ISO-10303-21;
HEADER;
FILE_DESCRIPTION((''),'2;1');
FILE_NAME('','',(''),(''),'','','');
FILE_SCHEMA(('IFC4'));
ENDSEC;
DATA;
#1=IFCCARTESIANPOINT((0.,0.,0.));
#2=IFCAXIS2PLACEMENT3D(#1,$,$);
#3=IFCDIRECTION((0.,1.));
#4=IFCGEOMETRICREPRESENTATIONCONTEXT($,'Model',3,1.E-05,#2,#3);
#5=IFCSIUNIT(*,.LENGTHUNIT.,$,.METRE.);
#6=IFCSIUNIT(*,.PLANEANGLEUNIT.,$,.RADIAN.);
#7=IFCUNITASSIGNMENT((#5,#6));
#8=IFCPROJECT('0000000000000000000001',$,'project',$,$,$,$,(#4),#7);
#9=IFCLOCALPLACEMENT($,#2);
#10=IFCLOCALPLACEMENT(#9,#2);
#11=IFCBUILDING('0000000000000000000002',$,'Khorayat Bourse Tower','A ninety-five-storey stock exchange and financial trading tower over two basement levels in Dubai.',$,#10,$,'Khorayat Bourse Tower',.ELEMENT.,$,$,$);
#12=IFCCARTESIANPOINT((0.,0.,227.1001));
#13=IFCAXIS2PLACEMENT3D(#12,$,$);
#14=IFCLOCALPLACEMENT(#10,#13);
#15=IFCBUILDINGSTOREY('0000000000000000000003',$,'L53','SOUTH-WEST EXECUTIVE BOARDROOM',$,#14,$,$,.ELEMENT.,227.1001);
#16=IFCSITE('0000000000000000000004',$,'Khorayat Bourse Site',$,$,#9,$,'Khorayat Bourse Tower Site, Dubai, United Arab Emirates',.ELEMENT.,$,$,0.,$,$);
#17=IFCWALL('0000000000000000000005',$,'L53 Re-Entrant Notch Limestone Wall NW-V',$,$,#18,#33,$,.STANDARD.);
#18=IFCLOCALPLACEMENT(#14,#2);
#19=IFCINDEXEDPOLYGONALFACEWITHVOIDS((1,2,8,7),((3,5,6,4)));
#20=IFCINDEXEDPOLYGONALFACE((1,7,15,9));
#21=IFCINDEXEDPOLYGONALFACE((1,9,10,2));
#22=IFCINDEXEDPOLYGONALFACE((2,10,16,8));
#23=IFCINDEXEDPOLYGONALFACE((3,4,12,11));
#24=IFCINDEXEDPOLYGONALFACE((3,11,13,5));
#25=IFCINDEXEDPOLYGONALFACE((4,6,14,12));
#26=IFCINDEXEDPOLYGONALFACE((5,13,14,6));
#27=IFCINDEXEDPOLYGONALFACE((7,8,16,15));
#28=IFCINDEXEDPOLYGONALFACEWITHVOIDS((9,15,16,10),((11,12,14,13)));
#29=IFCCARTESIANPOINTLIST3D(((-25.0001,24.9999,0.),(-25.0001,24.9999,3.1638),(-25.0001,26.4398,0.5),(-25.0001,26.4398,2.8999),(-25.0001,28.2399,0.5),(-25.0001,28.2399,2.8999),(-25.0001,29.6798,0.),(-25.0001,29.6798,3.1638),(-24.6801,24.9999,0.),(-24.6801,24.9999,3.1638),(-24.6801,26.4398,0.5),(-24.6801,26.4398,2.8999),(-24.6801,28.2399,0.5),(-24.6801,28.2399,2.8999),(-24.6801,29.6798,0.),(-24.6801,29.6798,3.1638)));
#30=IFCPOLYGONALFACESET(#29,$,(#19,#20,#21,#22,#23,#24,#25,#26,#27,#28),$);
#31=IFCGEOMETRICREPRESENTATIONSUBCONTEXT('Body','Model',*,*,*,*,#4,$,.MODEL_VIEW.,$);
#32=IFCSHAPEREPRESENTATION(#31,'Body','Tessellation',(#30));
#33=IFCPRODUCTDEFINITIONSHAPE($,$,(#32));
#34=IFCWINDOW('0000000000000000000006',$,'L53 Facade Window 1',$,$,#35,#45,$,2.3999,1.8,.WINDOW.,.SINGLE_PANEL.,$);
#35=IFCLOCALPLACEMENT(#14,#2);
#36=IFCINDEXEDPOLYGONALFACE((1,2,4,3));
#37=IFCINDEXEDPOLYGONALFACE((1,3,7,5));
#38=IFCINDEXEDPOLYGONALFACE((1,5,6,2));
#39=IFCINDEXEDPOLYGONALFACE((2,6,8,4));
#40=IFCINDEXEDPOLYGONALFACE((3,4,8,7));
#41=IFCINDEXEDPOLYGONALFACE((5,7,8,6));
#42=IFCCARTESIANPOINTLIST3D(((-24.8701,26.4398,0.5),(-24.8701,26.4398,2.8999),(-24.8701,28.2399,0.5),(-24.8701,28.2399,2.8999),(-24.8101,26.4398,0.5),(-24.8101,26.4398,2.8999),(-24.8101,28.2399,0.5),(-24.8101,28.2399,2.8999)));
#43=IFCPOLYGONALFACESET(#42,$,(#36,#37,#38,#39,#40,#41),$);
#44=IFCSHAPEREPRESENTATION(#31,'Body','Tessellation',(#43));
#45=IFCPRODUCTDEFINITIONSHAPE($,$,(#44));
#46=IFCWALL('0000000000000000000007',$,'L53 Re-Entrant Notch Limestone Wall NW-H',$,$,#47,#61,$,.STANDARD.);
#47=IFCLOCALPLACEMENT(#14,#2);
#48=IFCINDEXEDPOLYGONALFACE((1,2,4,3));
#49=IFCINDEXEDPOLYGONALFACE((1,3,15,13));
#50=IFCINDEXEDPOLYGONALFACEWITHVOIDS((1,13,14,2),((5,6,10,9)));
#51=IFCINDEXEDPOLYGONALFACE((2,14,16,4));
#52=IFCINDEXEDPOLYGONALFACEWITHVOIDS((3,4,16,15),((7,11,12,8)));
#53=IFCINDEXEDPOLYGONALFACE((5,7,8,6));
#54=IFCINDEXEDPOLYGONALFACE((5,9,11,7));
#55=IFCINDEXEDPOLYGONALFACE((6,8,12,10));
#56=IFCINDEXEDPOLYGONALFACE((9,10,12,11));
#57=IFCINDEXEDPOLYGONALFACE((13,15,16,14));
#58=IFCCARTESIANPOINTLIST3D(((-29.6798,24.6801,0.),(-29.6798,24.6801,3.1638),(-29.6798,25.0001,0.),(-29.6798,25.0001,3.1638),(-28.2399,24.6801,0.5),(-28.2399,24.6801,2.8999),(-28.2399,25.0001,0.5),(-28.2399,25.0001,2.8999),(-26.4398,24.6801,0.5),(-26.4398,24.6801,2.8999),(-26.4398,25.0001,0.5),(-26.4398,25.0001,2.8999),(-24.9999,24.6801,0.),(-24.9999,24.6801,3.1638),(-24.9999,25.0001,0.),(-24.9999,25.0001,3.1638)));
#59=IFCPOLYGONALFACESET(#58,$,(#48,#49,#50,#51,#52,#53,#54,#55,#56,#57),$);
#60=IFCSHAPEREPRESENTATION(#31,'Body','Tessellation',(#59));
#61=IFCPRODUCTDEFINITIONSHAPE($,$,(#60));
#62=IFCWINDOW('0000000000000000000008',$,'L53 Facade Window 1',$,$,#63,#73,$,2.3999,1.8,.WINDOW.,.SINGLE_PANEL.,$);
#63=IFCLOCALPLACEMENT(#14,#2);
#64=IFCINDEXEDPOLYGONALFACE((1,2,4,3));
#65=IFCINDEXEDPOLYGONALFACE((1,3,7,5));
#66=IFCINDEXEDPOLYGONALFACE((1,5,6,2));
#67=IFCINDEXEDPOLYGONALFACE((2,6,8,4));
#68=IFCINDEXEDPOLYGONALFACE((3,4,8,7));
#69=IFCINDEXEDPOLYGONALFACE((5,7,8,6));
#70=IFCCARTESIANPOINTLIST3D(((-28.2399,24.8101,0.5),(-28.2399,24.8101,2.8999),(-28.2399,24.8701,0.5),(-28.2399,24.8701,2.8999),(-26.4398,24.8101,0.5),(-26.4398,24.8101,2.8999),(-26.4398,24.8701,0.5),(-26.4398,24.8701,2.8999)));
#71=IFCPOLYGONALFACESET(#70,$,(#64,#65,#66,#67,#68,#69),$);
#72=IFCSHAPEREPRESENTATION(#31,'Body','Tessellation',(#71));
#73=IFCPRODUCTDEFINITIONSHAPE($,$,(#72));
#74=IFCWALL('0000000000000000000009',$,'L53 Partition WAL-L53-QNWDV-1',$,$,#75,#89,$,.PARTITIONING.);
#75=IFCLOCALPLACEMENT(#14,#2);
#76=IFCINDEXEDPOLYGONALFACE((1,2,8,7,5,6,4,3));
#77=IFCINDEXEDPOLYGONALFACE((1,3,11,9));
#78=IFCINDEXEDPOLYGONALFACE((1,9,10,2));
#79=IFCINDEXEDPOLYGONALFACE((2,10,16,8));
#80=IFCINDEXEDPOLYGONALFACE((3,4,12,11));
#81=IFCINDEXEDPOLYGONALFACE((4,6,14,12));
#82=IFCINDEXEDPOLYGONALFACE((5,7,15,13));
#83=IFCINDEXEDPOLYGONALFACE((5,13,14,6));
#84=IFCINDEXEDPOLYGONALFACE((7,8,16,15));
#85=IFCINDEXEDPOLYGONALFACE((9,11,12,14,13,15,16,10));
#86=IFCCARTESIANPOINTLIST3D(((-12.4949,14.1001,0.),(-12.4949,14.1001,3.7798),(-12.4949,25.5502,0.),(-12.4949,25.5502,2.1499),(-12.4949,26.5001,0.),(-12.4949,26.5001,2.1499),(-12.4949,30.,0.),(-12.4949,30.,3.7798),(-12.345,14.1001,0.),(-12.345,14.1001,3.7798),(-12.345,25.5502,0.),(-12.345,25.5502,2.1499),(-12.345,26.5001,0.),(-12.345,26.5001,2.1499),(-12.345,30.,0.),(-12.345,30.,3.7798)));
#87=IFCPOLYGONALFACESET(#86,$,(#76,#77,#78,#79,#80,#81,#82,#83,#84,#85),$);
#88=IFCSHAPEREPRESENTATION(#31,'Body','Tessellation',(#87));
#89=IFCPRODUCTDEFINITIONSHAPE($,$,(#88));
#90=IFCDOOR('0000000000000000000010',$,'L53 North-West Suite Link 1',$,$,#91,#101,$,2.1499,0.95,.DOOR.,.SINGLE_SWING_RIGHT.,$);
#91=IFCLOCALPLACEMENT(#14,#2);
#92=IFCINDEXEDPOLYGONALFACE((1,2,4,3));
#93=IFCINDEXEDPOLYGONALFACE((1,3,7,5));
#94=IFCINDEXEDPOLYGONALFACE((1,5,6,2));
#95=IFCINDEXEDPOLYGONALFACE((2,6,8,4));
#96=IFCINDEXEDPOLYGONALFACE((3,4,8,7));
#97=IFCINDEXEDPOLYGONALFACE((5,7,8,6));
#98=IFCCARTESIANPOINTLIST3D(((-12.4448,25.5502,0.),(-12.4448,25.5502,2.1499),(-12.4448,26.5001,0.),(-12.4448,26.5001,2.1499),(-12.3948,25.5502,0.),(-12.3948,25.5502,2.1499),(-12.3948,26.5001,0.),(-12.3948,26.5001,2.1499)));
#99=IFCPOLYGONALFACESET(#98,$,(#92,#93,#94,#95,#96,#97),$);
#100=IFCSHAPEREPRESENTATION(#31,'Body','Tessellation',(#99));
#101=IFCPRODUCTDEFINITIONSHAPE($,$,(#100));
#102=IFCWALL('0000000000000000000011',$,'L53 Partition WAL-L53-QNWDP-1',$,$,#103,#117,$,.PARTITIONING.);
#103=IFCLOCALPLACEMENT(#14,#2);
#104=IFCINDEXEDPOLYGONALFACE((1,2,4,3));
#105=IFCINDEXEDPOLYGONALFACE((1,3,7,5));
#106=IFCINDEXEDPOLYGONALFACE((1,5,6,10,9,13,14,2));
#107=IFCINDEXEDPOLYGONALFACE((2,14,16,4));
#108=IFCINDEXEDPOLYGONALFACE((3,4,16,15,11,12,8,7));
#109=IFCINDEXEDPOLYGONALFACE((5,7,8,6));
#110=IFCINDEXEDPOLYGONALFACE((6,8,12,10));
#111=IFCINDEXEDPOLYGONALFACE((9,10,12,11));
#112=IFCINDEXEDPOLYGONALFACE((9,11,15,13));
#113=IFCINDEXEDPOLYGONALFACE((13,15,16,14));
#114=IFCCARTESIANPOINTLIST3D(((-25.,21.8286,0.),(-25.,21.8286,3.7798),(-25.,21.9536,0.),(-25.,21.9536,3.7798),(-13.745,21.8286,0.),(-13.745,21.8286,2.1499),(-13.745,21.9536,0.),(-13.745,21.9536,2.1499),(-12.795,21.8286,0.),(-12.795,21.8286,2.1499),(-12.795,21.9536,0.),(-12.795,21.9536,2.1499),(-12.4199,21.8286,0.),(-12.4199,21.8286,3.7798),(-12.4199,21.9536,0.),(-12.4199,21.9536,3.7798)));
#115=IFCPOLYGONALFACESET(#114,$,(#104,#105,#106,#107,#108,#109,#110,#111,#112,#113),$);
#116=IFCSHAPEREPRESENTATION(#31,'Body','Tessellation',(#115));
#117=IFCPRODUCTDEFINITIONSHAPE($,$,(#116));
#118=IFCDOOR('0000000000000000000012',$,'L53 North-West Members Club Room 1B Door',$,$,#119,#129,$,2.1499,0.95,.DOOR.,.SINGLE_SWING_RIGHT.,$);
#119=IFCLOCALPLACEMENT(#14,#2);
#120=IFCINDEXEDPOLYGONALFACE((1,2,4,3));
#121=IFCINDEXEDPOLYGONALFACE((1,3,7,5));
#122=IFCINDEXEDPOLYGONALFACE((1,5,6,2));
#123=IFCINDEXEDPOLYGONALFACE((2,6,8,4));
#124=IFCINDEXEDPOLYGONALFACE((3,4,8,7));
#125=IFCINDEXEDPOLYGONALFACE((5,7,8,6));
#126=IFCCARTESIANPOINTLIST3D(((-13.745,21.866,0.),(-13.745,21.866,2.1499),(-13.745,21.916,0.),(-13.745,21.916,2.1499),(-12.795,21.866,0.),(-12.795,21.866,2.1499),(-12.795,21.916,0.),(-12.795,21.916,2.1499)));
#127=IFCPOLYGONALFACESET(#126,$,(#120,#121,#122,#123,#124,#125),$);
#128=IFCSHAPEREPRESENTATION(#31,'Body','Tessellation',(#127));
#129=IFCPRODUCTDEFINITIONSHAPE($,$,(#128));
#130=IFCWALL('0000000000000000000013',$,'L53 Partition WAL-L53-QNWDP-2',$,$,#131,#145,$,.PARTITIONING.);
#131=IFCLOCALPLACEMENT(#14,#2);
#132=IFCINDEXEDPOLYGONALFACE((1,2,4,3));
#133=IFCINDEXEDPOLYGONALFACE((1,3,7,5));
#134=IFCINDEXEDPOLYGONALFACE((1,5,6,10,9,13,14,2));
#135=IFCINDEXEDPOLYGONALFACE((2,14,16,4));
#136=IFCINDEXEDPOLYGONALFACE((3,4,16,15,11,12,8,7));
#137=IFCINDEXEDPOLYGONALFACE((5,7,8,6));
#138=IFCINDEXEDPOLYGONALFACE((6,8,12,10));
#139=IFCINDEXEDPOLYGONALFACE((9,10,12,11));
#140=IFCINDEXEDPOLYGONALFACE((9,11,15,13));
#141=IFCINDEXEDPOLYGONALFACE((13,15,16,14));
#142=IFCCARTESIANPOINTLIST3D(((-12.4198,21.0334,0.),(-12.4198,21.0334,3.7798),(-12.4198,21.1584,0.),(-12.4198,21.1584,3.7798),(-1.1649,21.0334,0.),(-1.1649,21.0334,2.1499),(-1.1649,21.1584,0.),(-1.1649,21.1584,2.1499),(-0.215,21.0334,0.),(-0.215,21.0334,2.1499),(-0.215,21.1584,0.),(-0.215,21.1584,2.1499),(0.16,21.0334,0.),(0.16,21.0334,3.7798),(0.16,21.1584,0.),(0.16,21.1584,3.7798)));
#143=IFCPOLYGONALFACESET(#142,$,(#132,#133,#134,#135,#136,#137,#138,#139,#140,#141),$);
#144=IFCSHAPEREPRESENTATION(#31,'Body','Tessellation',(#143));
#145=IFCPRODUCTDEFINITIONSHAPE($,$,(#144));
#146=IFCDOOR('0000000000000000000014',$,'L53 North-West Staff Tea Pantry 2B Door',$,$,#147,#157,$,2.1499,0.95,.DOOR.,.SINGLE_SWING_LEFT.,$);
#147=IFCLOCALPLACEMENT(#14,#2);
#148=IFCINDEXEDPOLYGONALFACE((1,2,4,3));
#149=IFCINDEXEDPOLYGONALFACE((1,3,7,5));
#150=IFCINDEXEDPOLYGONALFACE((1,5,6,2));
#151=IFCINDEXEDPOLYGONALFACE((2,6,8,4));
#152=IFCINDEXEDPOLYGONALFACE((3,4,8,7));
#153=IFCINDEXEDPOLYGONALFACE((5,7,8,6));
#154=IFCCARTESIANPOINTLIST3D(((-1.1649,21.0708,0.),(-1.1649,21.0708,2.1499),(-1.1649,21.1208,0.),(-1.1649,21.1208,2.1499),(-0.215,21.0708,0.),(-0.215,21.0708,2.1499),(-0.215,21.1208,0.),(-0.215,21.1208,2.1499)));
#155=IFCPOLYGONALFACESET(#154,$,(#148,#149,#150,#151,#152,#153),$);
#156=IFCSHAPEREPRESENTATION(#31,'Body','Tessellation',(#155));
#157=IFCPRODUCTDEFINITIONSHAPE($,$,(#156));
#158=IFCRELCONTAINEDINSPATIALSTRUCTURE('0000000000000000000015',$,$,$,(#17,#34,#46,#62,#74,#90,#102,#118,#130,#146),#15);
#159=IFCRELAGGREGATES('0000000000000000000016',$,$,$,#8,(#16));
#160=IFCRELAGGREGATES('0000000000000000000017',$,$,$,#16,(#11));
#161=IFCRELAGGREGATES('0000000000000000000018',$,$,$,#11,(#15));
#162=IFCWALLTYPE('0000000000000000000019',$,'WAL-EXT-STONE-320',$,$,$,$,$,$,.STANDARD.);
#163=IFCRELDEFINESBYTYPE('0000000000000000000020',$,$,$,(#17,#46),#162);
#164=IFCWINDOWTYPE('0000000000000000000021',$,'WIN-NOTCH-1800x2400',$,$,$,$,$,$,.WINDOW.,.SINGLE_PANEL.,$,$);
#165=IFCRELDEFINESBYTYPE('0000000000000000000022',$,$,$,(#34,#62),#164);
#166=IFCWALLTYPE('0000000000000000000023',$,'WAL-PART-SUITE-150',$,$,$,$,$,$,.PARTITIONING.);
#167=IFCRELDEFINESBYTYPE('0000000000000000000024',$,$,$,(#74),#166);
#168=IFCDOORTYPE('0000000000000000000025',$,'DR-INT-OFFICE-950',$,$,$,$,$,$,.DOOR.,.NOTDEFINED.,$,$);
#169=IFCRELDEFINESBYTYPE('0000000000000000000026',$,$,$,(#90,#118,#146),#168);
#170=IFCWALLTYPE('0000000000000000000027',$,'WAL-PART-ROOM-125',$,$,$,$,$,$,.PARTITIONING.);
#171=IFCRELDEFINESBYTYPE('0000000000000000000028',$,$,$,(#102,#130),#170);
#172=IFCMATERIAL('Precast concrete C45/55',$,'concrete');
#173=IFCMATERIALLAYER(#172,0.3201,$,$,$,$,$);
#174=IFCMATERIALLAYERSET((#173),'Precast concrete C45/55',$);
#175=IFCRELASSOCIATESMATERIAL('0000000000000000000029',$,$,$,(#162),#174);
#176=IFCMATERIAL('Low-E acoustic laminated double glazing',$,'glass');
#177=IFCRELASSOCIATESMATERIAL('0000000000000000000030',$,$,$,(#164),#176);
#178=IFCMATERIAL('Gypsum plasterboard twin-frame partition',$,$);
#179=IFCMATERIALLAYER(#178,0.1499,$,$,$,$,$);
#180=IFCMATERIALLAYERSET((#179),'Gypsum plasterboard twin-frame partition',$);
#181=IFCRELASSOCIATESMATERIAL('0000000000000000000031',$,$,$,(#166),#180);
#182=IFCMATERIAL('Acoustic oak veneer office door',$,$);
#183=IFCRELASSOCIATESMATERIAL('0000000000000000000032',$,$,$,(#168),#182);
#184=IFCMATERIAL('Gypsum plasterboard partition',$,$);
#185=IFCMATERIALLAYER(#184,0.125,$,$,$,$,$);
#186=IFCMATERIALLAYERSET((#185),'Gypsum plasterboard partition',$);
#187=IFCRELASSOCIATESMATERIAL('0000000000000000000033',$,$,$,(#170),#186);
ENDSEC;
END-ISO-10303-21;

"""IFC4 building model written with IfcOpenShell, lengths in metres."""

from ifc_helpers import new_model, si_unit, direction, frame, frame_2d, origin, place, context, subcontext, project, spatial, rectangle, extrude, source, transform, mapped, material, layer, layer_set, type_object, element, fill, save


model = new_model("IFC4")

# Units and contexts
model_context = context("Model", 3, precision=1e-05, world=origin(), true_north=direction((0.0, 1.0)))
body_context = subcontext(model_context, "Body", "Model", "MODEL_VIEW")
ifc_project = project(units=[si_unit("LENGTHUNIT", "METRE"), si_unit("PLANEANGLEUNIT", "RADIAN")], contexts=[model_context])

# Site, building, storey
site_placement = place(None, origin())
site = spatial("IfcSite", under=ifc_project, at=site_placement, Name="Khorayat Bourse Site", LongName="Khorayat Bourse Tower Site, Dubai, United Arab Emirates", CompositionType="ELEMENT", RefElevation=0.0)
building_placement = place(site_placement, origin())
building = spatial("IfcBuilding", under=site, at=building_placement, Name="Khorayat Bourse Tower", Description="A ninety-five-storey stock exchange and financial trading tower over two basement levels in Dubai.", LongName="Khorayat Bourse Tower", CompositionType="ELEMENT")
storey_placement = place(building_placement, frame((0.0, 0.0, 227.1001)))
storey = spatial("IfcBuildingStorey", under=building, at=storey_placement, Name="L53", Description="SOUTH-WEST EXECUTIVE BOARDROOM", CompositionType="ELEMENT", Elevation=227.1001)

# Walls, openings, windows
ifc_material_1 = material(Name="Precast concrete C45/55", Category="concrete")
ifc_layer_1 = layer(ifc_material_1, 0.3201)
ifc_layer_set_1 = layer_set([ifc_layer_1], Name="Precast concrete C45/55")
wall_type_1 = type_object("IfcWallType", Name="WAL-EXT-STONE-320", PredefinedType="STANDARD", material=ifc_layer_set_1)
shared_shape_1 = source(origin(), body_context, "Body", "SweptSolid", [
    extrude(rectangle(XDim=4.6799, YDim=0.3201, at=frame_2d((2.3398, 0.0))), origin(), (0.0, 0.0, 1.0), 3.1638),
])
wall_1_placement = place(storey_placement, frame((-24.8401, 25.0, 0.0), z_axis=(0.0, 0.0, 1.0), x_axis=(0.0, 1.0, 0.0)))
wall_1 = element("IfcWall", 1, at=wall_1_placement, inside=storey, type_object=wall_type_1, Name="L53 Re-Entrant Notch Limestone Wall NW-V", PredefinedType="STANDARD", context=body_context, shape_type="MappedRepresentation", body=[
    mapped(shared_shape_1, transform((0.0, 0.0, 0.0), scale=1.0)),
])
shared_shape_2 = source(origin(), body_context, "Body", "SweptSolid", [
    extrude(rectangle(XDim=1.8, YDim=2.3999, at=frame_2d((0.8999, 1.2))), frame((0.0, 0.1699, 0.0), z_axis=(0.0, -1.0, 0.0), x_axis=(1.0, 0.0, 0.0)), (0.0, 0.0, 1.0), 0.3401),
])
opening_1_placement = place(wall_1_placement, frame((1.4399, 0.0, 0.5)))
opening_1 = element("IfcOpeningElement", 2, at=opening_1_placement, cuts=wall_1, PredefinedType="OPENING", context=body_context, shape_type="MappedRepresentation", body=[
    mapped(shared_shape_2, transform((0.0, 0.0, 0.0), scale=1.0)),
])
ifc_material_2 = material(Name="Low-E acoustic laminated double glazing", Category="glass")
window_type = type_object("IfcWindowType", Name="WIN-NOTCH-1800x2400", PartitioningType="SINGLE_PANEL", PredefinedType="WINDOW", material=ifc_material_2)
shared_shape_3 = source(origin(), body_context, "Body", "SweptSolid", [
    extrude(rectangle(XDim=1.8, YDim=2.3999, at=frame_2d((0.8999, 1.2))), frame((0.0, 0.03, 0.0), z_axis=(0.0, -1.0, 0.0), x_axis=(1.0, 0.0, 0.0)), (0.0, 0.0, 1.0), 0.0601),
])
window_1_placement = place(opening_1_placement, origin())
window_1 = element("IfcWindow", 3, at=window_1_placement, inside=storey, type_object=window_type, Name="L53 Facade Window 1", OverallHeight=2.3999, OverallWidth=1.8, PartitioningType="SINGLE_PANEL", PredefinedType="WINDOW", context=body_context, shape_type="MappedRepresentation", body=[
    mapped(shared_shape_3, transform((0.0, 0.0, 0.0), scale=1.0)),
])
fill(opening_1, window_1)
wall_2_placement = place(storey_placement, frame((-25.0, 24.8401, 0.0), z_axis=(0.0, 0.0, 1.0), x_axis=(-1.0, 0.0, 0.0)))
wall_2 = element("IfcWall", 4, at=wall_2_placement, inside=storey, type_object=wall_type_1, Name="L53 Re-Entrant Notch Limestone Wall NW-H", PredefinedType="STANDARD", context=body_context, shape_type="MappedRepresentation", body=[
    mapped(shared_shape_1, transform((0.0, 0.0, 0.0), scale=1.0)),
])
opening_2_placement = place(wall_2_placement, frame((1.4399, 0.0, 0.5)))
opening_2 = element("IfcOpeningElement", 5, at=opening_2_placement, cuts=wall_2, PredefinedType="OPENING", context=body_context, shape_type="MappedRepresentation", body=[
    mapped(shared_shape_2, transform((0.0, 0.0, 0.0), scale=1.0)),
])
window_2_placement = place(opening_2_placement, origin())
window_2 = element("IfcWindow", 6, at=window_2_placement, inside=storey, type_object=window_type, Name="L53 Facade Window 1", OverallHeight=2.3999, OverallWidth=1.8, PartitioningType="SINGLE_PANEL", PredefinedType="WINDOW", context=body_context, shape_type="MappedRepresentation", body=[
    mapped(shared_shape_3, transform((0.0, 0.0, 0.0), scale=1.0)),
])
fill(opening_2, window_2)

# Walls, openings, doors
ifc_material_3 = material(Name="Gypsum plasterboard twin-frame partition")
ifc_layer_2 = layer(ifc_material_3, 0.1499)
ifc_layer_set_2 = layer_set([ifc_layer_2], Name="Gypsum plasterboard twin-frame partition")
wall_type_2 = type_object("IfcWallType", Name="WAL-PART-SUITE-150", PredefinedType="PARTITIONING", material=ifc_layer_set_2)
shared_shape_4 = source(origin(), body_context, "Body", "SweptSolid", [
    extrude(rectangle(XDim=15.8999, YDim=0.1499, at=frame_2d((7.95, 0.0))), origin(), (0.0, 0.0, 1.0), 3.7798),
])
wall_3_placement = place(storey_placement, frame((-12.4199, 14.1001, 0.0), z_axis=(0.0, 0.0, 1.0), x_axis=(0.0, 1.0, 0.0)))
wall_3 = element("IfcWall", 7, at=wall_3_placement, inside=storey, type_object=wall_type_2, Name="L53 Partition WAL-L53-QNWDV-1", PredefinedType="PARTITIONING", context=body_context, shape_type="MappedRepresentation", body=[
    mapped(shared_shape_4, transform((0.0, 0.0, 0.0), scale=1.0)),
])
shared_shape_5 = source(origin(), body_context, "Body", "SweptSolid", [
    extrude(rectangle(XDim=0.95, YDim=2.1499, at=frame_2d((0.4751, 1.075))), frame((0.0, 0.085, 0.0), z_axis=(0.0, -1.0, 0.0), x_axis=(1.0, 0.0, 0.0)), (0.0, 0.0, 1.0), 0.1699),
])
opening_3_placement = place(wall_3_placement, frame((11.45, 0.0, 0.0)))
opening_3 = element("IfcOpeningElement", 8, at=opening_3_placement, cuts=wall_3, PredefinedType="OPENING", context=body_context, shape_type="MappedRepresentation", body=[
    mapped(shared_shape_5, transform((0.0, 0.0, 0.0), scale=1.0)),
])
ifc_material_4 = material(Name="Acoustic oak veneer office door")
door_type = type_object("IfcDoorType", Name="DR-INT-OFFICE-950", OperationType="NOTDEFINED", PredefinedType="DOOR", material=ifc_material_4)
shared_shape_6 = source(origin(), body_context, "Body", "SweptSolid", [
    extrude(rectangle(XDim=0.95, YDim=2.1499, at=frame_2d((0.4751, 1.075))), frame((0.0, 0.0249, 0.0), z_axis=(0.0, -1.0, 0.0), x_axis=(1.0, 0.0, 0.0)), (0.0, 0.0, 1.0), 0.05),
])
door_1_placement = place(opening_3_placement, origin())
door_1 = element("IfcDoor", 9, at=door_1_placement, inside=storey, type_object=door_type, Name="L53 North-West Suite Link 1", OperationType="SINGLE_SWING_RIGHT", OverallHeight=2.1499, OverallWidth=0.95, PredefinedType="DOOR", context=body_context, shape_type="MappedRepresentation", body=[
    mapped(shared_shape_6, transform((0.0, 0.0, 0.0), scale=1.0)),
])
fill(opening_3, door_1)
ifc_material_5 = material(Name="Gypsum plasterboard partition")
ifc_layer_3 = layer(ifc_material_5, 0.125)
ifc_layer_set_3 = layer_set([ifc_layer_3], Name="Gypsum plasterboard partition")
wall_type_3 = type_object("IfcWallType", Name="WAL-PART-ROOM-125", PredefinedType="PARTITIONING", material=ifc_layer_set_3)
shared_shape_7 = source(origin(), body_context, "Body", "SweptSolid", [
    extrude(rectangle(XDim=12.5801, YDim=0.125, at=frame_2d((6.29, 0.0))), origin(), (0.0, 0.0, 1.0), 3.7798),
])
wall_4_placement = place(storey_placement, frame((-25.0, 21.8911, 0.0), z_axis=(0.0, 0.0, 1.0), x_axis=(1.0, 0.0, 0.0)))
wall_4 = element("IfcWall", 10, at=wall_4_placement, inside=storey, type_object=wall_type_3, Name="L53 Partition WAL-L53-QNWDP-1", PredefinedType="PARTITIONING", context=body_context, shape_type="MappedRepresentation", body=[
    mapped(shared_shape_7, transform((0.0, 0.0, 0.0), scale=1.0)),
])
shared_shape_8 = source(origin(), body_context, "Body", "SweptSolid", [
    extrude(rectangle(XDim=0.95, YDim=2.1499, at=frame_2d((0.4751, 1.075))), frame((0.0, 0.0725, 0.0), z_axis=(0.0, -1.0, 0.0), x_axis=(1.0, 0.0, 0.0)), (0.0, 0.0, 1.0), 0.145),
])
opening_4_placement = place(wall_4_placement, frame((11.2549, 0.0, 0.0)))
opening_4 = element("IfcOpeningElement", 11, at=opening_4_placement, cuts=wall_4, PredefinedType="OPENING", context=body_context, shape_type="MappedRepresentation", body=[
    mapped(shared_shape_8, transform((0.0, 0.0, 0.0), scale=1.0)),
])
door_2_placement = place(opening_4_placement, origin())
door_2 = element("IfcDoor", 12, at=door_2_placement, inside=storey, type_object=door_type, Name="L53 North-West Members Club Room 1B Door", OperationType="SINGLE_SWING_RIGHT", OverallHeight=2.1499, OverallWidth=0.95, PredefinedType="DOOR", context=body_context, shape_type="MappedRepresentation", body=[
    mapped(shared_shape_6, transform((0.0, 0.0, 0.0), scale=1.0)),
])
fill(opening_4, door_2)
shared_shape_9 = source(origin(), body_context, "Body", "SweptSolid", [
    extrude(rectangle(XDim=12.5798, YDim=0.125, at=frame_2d((6.29, 0.0))), origin(), (0.0, 0.0, 1.0), 3.7798),
])
wall_5_placement = place(storey_placement, frame((-12.4199, 21.0959, 0.0), z_axis=(0.0, 0.0, 1.0), x_axis=(1.0, 0.0, 0.0)))
wall_5 = element("IfcWall", 13, at=wall_5_placement, inside=storey, type_object=wall_type_3, Name="L53 Partition WAL-L53-QNWDP-2", PredefinedType="PARTITIONING", context=body_context, shape_type="MappedRepresentation", body=[
    mapped(shared_shape_9, transform((0.0, 0.0, 0.0), scale=1.0)),
])
opening_5_placement = place(wall_5_placement, frame((11.2549, 0.0, 0.0)))
opening_5 = element("IfcOpeningElement", 14, at=opening_5_placement, cuts=wall_5, PredefinedType="OPENING", context=body_context, shape_type="MappedRepresentation", body=[
    mapped(shared_shape_8, transform((0.0, 0.0, 0.0), scale=1.0)),
])
door_3_placement = place(opening_5_placement, origin())
door_3 = element("IfcDoor", 15, at=door_3_placement, inside=storey, type_object=door_type, Name="L53 North-West Staff Tea Pantry 2B Door", OperationType="SINGLE_SWING_LEFT", OverallHeight=2.1499, OverallWidth=0.95, PredefinedType="DOOR", context=body_context, shape_type="MappedRepresentation", body=[
    mapped(shared_shape_6, transform((0.0, 0.0, 0.0), scale=1.0)),
])
fill(opening_5, door_3)

save(model, "model.ifc")
